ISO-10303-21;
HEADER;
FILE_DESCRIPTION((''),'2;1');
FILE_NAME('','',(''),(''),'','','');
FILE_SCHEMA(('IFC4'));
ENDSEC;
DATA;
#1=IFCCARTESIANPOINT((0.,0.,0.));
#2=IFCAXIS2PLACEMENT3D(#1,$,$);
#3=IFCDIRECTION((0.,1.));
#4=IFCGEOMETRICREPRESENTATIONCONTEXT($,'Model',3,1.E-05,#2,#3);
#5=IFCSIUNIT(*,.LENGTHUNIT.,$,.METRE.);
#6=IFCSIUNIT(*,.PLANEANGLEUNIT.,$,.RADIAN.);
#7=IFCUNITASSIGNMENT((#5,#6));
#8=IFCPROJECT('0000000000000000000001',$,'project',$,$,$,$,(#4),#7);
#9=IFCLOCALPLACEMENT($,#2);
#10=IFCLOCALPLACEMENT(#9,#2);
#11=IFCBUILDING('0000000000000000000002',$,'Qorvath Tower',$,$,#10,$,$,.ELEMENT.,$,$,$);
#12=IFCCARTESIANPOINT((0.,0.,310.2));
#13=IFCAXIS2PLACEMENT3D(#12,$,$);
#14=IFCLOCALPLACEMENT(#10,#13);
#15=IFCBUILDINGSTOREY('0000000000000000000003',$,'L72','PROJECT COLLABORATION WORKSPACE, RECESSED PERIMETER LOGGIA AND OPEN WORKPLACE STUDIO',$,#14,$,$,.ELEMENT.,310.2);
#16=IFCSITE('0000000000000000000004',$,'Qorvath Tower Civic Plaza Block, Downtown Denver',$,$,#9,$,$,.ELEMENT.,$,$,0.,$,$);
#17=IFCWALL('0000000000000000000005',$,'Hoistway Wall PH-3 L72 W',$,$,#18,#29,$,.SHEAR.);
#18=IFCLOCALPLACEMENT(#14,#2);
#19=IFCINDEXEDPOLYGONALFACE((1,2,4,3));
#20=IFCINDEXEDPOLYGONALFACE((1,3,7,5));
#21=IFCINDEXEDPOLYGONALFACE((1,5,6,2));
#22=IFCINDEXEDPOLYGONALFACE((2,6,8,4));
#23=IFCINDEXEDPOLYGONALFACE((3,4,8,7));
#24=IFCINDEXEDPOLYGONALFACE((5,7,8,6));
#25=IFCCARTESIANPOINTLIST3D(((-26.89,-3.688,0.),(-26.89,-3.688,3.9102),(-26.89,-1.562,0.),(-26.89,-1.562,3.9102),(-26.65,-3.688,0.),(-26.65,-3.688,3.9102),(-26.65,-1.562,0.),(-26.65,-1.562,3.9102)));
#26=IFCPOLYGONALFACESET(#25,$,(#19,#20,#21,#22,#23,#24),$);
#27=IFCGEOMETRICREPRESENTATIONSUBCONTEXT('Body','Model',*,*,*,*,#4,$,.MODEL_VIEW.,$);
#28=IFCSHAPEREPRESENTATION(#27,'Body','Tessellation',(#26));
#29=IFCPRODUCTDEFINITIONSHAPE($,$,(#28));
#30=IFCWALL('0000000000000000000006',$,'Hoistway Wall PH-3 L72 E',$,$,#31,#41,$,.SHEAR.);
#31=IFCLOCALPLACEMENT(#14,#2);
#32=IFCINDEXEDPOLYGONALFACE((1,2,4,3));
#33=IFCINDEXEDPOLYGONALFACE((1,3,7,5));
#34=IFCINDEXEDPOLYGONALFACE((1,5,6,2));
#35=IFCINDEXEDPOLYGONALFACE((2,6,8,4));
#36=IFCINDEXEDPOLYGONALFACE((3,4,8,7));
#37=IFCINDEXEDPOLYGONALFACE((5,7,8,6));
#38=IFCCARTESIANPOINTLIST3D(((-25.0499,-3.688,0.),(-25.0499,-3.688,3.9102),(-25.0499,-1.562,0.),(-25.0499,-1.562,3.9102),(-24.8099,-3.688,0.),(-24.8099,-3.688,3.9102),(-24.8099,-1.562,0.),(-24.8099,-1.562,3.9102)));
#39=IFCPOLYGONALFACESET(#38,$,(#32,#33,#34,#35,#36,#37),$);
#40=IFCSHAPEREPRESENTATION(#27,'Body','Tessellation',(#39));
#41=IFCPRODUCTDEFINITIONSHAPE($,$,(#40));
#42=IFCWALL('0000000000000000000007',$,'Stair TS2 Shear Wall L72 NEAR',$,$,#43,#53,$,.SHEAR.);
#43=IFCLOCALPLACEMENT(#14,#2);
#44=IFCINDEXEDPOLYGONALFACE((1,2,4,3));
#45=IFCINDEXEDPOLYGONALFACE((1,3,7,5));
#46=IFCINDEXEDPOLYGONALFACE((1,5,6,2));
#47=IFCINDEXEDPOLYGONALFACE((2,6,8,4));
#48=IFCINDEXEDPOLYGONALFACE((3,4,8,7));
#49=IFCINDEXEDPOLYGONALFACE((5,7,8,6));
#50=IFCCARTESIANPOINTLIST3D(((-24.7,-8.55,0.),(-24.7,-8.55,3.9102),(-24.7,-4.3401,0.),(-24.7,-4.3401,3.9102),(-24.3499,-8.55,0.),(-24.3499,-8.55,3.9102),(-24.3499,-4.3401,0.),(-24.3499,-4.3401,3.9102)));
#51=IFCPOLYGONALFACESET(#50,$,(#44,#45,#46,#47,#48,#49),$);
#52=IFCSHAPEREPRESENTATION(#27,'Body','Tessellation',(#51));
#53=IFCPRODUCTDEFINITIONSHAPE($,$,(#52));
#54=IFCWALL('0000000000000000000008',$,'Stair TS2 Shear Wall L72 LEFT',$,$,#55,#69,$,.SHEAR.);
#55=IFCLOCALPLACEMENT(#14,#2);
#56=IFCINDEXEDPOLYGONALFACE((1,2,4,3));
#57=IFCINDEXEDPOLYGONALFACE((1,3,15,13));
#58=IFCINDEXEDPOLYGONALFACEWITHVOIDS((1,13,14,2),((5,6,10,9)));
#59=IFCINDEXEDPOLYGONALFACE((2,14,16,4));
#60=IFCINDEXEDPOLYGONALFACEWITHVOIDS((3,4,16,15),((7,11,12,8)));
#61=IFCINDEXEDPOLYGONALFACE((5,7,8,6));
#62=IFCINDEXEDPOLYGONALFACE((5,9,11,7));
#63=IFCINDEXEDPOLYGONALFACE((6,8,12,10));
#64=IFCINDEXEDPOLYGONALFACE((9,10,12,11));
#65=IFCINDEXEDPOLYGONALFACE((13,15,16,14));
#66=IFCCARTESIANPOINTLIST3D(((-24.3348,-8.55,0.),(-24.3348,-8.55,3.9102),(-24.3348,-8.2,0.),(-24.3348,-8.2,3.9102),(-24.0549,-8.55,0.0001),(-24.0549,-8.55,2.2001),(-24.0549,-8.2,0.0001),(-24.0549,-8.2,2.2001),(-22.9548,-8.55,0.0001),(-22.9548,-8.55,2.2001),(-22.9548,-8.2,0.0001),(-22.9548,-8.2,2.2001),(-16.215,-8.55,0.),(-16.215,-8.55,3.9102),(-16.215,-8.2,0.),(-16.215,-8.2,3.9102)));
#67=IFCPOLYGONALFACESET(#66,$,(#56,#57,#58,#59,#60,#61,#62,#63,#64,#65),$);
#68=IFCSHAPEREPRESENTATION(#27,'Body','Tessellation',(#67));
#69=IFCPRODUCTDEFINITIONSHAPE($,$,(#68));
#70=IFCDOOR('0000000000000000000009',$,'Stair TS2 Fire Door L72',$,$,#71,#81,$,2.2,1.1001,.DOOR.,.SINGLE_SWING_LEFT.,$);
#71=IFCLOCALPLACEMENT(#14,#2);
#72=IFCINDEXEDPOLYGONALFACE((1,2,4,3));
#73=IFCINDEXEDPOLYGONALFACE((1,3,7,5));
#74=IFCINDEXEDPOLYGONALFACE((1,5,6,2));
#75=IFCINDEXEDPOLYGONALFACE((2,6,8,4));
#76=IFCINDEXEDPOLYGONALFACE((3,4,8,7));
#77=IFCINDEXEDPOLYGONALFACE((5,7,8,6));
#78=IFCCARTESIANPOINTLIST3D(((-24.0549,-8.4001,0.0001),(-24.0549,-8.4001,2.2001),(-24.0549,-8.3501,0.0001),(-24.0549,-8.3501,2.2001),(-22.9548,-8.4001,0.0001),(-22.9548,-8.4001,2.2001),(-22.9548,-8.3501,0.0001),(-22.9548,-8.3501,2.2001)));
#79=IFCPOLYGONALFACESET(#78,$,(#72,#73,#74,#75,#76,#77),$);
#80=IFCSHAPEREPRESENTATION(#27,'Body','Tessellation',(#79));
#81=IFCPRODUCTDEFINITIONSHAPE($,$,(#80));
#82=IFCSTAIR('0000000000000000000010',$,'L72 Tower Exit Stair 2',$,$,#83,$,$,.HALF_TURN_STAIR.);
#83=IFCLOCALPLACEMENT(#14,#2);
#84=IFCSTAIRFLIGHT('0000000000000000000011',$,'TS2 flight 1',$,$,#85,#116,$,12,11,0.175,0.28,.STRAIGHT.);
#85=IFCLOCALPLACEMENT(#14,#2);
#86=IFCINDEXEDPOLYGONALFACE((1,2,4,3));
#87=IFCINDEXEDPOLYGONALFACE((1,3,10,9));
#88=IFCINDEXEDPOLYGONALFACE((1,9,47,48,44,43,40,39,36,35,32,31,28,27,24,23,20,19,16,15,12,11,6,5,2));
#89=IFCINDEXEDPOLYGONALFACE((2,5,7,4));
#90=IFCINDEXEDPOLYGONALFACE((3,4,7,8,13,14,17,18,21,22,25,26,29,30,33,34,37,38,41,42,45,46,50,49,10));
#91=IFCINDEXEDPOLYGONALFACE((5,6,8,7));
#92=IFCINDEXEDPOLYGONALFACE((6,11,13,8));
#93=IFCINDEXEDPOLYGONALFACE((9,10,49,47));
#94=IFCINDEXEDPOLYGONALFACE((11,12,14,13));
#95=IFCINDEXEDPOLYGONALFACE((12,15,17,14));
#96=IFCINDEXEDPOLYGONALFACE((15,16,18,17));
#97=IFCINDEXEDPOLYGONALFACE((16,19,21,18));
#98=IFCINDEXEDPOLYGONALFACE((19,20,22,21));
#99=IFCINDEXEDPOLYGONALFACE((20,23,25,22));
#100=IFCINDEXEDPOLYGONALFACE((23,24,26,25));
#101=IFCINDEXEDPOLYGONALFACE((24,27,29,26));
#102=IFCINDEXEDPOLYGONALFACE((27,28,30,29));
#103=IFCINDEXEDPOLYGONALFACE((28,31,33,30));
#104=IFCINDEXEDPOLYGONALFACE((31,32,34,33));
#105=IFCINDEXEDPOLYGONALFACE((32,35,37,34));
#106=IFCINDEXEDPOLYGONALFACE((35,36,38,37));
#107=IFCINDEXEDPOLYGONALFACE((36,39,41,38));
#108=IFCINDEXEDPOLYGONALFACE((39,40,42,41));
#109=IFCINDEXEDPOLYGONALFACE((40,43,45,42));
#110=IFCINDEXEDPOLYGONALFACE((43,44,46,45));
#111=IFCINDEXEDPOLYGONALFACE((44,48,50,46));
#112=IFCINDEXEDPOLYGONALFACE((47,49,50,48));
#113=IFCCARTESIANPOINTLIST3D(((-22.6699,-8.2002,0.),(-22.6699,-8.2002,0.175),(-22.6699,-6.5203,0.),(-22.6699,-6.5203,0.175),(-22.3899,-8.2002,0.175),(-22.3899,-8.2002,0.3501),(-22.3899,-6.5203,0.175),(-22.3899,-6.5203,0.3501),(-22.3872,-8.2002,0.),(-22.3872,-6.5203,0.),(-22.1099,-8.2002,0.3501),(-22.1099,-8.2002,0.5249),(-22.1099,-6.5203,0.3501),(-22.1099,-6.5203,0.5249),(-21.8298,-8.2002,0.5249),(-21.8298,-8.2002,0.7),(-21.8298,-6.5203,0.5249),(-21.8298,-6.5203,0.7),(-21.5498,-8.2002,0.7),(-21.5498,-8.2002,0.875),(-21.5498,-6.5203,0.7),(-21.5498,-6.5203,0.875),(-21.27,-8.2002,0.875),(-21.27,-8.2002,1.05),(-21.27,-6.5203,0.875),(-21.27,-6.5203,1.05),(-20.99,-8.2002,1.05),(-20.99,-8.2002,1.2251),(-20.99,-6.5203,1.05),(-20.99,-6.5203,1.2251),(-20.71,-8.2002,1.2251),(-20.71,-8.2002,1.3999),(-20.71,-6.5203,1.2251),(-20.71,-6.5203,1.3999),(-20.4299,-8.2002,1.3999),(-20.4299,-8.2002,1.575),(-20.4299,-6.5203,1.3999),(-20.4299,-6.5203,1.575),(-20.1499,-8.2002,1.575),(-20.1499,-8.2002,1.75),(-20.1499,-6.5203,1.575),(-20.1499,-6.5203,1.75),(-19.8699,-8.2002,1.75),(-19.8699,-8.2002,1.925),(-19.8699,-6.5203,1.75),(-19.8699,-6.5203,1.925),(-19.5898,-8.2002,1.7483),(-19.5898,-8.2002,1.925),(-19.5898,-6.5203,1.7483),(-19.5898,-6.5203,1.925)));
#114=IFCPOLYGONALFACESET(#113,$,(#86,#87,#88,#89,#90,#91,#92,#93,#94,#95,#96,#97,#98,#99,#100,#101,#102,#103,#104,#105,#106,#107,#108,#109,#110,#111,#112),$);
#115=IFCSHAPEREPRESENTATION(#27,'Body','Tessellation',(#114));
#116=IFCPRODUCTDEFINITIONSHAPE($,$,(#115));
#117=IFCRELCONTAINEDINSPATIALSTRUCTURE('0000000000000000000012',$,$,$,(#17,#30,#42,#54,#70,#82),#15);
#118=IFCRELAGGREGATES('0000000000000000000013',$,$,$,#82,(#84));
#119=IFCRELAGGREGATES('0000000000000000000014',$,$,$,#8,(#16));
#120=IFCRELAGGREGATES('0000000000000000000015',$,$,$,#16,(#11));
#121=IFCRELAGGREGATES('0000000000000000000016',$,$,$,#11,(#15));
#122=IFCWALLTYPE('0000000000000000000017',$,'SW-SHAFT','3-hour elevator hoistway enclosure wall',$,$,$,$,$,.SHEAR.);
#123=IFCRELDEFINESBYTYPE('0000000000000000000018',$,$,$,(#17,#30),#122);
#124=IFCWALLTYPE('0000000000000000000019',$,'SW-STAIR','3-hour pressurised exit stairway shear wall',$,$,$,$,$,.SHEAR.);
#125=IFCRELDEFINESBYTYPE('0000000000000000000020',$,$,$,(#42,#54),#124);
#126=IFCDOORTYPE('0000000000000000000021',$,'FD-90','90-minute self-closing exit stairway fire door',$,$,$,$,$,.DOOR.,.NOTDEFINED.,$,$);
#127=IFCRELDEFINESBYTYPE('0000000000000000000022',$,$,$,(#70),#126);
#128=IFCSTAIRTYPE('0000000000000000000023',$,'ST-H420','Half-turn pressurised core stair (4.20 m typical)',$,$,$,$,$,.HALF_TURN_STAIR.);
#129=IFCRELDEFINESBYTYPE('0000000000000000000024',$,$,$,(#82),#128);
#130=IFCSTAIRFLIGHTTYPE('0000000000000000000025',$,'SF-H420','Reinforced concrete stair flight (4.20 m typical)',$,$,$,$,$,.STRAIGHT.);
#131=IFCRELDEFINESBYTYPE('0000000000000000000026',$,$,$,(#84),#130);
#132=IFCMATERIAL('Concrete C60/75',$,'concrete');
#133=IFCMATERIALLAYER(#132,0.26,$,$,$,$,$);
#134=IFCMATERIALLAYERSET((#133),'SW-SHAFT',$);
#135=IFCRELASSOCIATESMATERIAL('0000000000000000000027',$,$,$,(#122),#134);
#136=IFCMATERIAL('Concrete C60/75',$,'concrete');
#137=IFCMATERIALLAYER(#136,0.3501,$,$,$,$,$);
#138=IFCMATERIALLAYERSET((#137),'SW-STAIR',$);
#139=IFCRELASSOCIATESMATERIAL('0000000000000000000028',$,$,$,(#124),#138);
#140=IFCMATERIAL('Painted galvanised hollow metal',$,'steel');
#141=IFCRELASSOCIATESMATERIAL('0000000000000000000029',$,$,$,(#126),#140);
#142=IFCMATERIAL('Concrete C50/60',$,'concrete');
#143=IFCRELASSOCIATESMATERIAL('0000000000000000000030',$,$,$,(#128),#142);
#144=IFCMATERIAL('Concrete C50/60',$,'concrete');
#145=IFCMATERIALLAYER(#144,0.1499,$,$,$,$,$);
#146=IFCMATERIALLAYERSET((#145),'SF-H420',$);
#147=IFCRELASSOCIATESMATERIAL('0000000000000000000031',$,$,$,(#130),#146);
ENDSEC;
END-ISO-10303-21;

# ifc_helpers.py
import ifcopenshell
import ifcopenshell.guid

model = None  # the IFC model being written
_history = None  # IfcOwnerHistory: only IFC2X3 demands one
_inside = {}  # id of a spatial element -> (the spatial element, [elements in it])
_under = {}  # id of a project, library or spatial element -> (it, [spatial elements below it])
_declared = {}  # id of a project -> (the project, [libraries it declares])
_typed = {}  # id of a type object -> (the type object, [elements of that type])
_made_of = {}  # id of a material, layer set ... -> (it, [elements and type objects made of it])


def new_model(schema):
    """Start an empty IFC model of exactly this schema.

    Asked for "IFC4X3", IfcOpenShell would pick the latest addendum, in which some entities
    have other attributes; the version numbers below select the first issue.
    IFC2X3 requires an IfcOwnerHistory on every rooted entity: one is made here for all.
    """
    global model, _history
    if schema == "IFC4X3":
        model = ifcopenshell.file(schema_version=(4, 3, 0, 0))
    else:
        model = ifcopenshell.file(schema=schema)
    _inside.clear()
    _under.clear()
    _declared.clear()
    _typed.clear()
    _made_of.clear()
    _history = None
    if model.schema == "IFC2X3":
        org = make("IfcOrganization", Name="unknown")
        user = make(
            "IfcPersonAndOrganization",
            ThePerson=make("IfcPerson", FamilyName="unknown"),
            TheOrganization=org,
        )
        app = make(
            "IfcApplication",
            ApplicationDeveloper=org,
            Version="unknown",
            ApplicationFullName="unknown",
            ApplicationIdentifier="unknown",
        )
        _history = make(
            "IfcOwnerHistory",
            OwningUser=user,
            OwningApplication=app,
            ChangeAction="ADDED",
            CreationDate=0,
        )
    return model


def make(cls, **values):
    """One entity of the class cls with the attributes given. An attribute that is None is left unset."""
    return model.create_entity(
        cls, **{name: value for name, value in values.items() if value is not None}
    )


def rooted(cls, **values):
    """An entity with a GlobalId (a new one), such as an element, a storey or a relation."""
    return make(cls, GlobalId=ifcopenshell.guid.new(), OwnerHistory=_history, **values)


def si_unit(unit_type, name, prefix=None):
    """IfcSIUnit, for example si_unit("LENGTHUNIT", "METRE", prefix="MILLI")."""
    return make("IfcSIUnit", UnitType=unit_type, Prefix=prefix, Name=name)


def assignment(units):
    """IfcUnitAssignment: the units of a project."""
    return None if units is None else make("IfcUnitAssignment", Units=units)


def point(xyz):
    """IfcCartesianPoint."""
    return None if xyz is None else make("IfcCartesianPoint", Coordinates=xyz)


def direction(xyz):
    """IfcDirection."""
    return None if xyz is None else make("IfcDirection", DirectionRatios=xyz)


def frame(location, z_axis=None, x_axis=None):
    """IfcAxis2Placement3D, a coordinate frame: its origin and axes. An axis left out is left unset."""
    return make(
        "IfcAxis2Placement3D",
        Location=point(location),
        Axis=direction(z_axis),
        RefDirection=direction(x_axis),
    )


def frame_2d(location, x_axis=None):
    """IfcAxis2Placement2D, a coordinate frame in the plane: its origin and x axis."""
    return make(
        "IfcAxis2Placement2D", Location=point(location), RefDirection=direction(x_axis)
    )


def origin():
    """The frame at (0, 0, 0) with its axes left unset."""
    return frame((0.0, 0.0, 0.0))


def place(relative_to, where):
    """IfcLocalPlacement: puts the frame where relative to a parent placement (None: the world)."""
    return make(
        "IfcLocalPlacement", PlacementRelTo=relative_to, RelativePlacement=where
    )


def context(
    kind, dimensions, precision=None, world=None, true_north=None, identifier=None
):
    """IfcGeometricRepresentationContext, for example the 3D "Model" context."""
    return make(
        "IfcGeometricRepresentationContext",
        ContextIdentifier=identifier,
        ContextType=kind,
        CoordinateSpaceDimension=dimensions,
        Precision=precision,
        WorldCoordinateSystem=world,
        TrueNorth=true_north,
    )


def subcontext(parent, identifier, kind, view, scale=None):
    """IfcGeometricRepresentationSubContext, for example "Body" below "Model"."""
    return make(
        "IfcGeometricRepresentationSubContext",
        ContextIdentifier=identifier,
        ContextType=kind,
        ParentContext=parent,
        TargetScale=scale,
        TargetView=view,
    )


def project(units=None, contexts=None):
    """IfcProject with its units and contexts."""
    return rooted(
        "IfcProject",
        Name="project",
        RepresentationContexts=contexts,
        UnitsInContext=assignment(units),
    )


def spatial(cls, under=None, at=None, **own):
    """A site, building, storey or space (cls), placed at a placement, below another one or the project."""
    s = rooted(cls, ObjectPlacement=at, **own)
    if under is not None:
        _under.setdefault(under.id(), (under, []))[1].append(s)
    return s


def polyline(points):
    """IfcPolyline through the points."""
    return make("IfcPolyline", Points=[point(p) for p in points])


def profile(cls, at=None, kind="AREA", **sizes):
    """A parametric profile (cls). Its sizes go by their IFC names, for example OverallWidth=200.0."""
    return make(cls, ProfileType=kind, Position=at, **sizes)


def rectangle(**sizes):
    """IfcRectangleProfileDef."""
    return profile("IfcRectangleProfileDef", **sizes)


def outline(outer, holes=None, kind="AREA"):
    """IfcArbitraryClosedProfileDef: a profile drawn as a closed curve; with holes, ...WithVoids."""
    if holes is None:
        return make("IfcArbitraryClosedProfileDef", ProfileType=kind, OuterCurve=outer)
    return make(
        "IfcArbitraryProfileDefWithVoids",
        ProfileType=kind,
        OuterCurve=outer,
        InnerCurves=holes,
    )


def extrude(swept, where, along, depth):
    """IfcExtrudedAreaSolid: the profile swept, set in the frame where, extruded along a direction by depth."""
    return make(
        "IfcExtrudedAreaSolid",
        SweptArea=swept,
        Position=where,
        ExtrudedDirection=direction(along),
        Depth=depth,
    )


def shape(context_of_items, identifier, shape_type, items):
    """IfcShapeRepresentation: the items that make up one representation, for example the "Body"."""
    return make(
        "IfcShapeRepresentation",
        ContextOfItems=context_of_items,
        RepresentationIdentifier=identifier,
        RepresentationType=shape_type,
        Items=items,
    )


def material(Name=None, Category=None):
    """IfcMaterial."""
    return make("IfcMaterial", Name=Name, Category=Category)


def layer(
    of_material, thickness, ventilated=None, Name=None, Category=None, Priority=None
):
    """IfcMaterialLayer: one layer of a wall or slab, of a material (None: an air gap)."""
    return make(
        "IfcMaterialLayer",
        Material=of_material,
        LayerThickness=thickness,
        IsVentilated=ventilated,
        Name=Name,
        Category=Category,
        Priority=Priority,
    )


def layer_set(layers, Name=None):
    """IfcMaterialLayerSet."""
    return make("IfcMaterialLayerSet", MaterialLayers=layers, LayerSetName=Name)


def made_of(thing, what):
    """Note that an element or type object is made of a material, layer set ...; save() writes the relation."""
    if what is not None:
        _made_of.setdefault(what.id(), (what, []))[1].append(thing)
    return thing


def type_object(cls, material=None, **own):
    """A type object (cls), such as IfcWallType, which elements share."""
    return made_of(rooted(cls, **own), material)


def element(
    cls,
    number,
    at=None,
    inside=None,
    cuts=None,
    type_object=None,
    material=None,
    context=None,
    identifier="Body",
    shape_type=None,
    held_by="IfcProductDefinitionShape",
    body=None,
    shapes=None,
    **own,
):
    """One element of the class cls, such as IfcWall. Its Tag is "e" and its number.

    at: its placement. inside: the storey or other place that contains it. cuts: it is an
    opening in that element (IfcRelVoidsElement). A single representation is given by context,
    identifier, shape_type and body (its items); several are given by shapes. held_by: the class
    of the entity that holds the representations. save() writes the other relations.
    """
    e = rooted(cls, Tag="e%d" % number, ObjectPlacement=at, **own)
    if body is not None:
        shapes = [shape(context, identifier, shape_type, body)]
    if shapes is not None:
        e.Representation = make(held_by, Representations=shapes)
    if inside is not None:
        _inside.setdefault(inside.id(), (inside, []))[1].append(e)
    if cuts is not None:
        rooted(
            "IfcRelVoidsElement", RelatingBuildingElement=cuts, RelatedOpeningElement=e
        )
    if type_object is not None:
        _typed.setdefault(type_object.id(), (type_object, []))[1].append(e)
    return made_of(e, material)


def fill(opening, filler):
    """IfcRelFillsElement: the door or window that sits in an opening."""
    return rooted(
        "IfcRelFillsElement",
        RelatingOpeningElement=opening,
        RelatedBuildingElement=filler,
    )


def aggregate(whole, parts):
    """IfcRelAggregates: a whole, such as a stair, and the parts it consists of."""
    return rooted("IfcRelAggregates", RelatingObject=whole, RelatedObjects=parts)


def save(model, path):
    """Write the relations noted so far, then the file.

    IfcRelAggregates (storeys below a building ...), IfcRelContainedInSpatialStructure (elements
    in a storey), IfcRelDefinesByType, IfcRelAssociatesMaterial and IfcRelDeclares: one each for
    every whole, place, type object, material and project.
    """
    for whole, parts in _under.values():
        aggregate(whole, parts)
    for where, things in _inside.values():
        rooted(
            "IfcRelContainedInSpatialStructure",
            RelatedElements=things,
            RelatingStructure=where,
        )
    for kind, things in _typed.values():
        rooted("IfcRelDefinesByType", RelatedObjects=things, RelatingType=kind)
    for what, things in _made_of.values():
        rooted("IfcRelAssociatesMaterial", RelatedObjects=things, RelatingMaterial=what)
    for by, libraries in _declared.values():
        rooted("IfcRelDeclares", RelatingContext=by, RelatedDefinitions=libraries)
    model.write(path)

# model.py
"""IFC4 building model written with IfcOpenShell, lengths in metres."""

from ifc_helpers import new_model, si_unit, direction, frame, frame_2d, origin, place, context, subcontext, project, spatial, polyline, rectangle, outline, extrude, material, layer, layer_set, type_object, element, fill, aggregate, save


model = new_model("IFC4")

# Units and contexts
model_context = context("Model", 3, precision=1e-05, world=origin(), true_north=direction((0.0, 1.0)))
body_context = subcontext(model_context, "Body", "Model", "MODEL_VIEW")
ifc_project = project(units=[si_unit("LENGTHUNIT", "METRE"), si_unit("PLANEANGLEUNIT", "RADIAN")], contexts=[model_context])

# Site, building, storey
site_placement = place(None, origin())
site = spatial("IfcSite", under=ifc_project, at=site_placement, Name="Qorvath Tower Civic Plaza Block, Downtown Denver", CompositionType="ELEMENT", RefElevation=0.0)
building_placement = place(site_placement, origin())
building = spatial("IfcBuilding", under=site, at=building_placement, Name="Qorvath Tower", CompositionType="ELEMENT")
storey_placement = place(building_placement, frame((0.0, 0.0, 310.2)))
storey = spatial("IfcBuildingStorey", under=building, at=storey_placement, Name="L72", Description="PROJECT COLLABORATION WORKSPACE, RECESSED PERIMETER LOGGIA AND OPEN WORKPLACE STUDIO", CompositionType="ELEMENT", Elevation=310.2)

# Shared definitions
ifc_material_1 = material(Name="Concrete C60/75", Category="concrete")
ifc_layer_1 = layer(ifc_material_1, 0.26)
ifc_layer_set_1 = layer_set([ifc_layer_1], Name="SW-SHAFT")
wall_type_1 = type_object("IfcWallType", Name="SW-SHAFT", Description="3-hour elevator hoistway enclosure wall", PredefinedType="SHEAR", material=ifc_layer_set_1)

# Walls
for number, where, z_axis, x_axis, name in (
    (1, (-26.77, -3.688, 0.0), (0.0, 0.0, 1.0), (0.0, 1.0, 0.0), "Hoistway Wall PH-3 L72 W"),
    (2, (-24.9299, -1.562, 0.0), (0.0, 0.0, 1.0), (0.0, -1.0, 0.0), "Hoistway Wall PH-3 L72 E"),
):
    element("IfcWall", number, at=place(storey_placement, frame(where, z_axis=z_axis, x_axis=x_axis)), inside=storey, type_object=wall_type_1, Name=name, PredefinedType="SHEAR", context=body_context, shape_type="SweptSolid", body=[
        extrude(rectangle(XDim=2.126, YDim=0.24, at=frame_2d((1.063, 0.0))), origin(), (0.0, 0.0, 1.0), 3.9102),
    ])
ifc_material_2 = material(Name="Concrete C60/75", Category="concrete")
ifc_layer_2 = layer(ifc_material_2, 0.3501)
ifc_layer_set_2 = layer_set([ifc_layer_2], Name="SW-STAIR")
wall_type_2 = type_object("IfcWallType", Name="SW-STAIR", Description="3-hour pressurised exit stairway shear wall", PredefinedType="SHEAR", material=ifc_layer_set_2)
wall_1_placement = place(storey_placement, frame((-24.5249, -4.3401, 0.0), z_axis=(0.0, 0.0, 1.0), x_axis=(0.0, -1.0, 0.0)))
element("IfcWall", 3, at=wall_1_placement, inside=storey, type_object=wall_type_2, Name="Stair TS2 Shear Wall L72 NEAR", PredefinedType="SHEAR", context=body_context, shape_type="SweptSolid", body=[
    extrude(rectangle(XDim=4.21, YDim=0.3501, at=frame_2d((2.105, 0.0))), origin(), (0.0, 0.0, 1.0), 3.9102),
])

# Wall, opening, door
wall_2_placement = place(storey_placement, frame((-24.335, -8.375, 0.0), z_axis=(0.0, 0.0, 1.0), x_axis=(1.0, 0.0, 0.0)))
wall_2 = element("IfcWall", 4, at=wall_2_placement, inside=storey, type_object=wall_type_2, Name="Stair TS2 Shear Wall L72 LEFT", PredefinedType="SHEAR", context=body_context, shape_type="SweptSolid", body=[
    extrude(rectangle(XDim=8.1199, YDim=0.3501, at=frame_2d((4.0601, 0.0))), origin(), (0.0, 0.0, 1.0), 3.9102),
])
opening_1_placement = place(wall_2_placement, frame((0.28, 0.0, 0.0)))
opening_1 = element("IfcOpeningElement", 5, at=opening_1_placement, cuts=wall_2, PredefinedType="OPENING", context=body_context, shape_type="SweptSolid", body=[
    extrude(rectangle(XDim=1.1001, YDim=2.2, at=frame_2d((0.55, 1.1001))), frame((0.0, 0.1851, 0.0), z_axis=(0.0, -1.0, 0.0), x_axis=(1.0, 0.0, 0.0)), (0.0, 0.0, 1.0), 0.3701),
])
ifc_material_3 = material(Name="Painted galvanised hollow metal", Category="steel")
door_type_1 = type_object("IfcDoorType", Name="FD-90", Description="90-minute self-closing exit stairway fire door", OperationType="NOTDEFINED", PredefinedType="DOOR", material=ifc_material_3)
door_1_placement = place(opening_1_placement, origin())
door_1 = element("IfcDoor", 6, at=door_1_placement, inside=storey, type_object=door_type_1, Name="Stair TS2 Fire Door L72", OperationType="SINGLE_SWING_LEFT", OverallHeight=2.2, OverallWidth=1.1001, PredefinedType="DOOR", context=body_context, shape_type="SweptSolid", body=[
    extrude(rectangle(XDim=1.1001, YDim=2.2, at=frame_2d((0.55, 1.1001))), frame((0.0, 0.0249, 0.0), z_axis=(0.0, -1.0, 0.0), x_axis=(1.0, 0.0, 0.0)), (0.0, 0.0, 1.0), 0.05),
])
fill(opening_1, door_1)

# Stair, stair flight
ifc_material_4 = material(Name="Concrete C50/60", Category="concrete")
stair_type = type_object("IfcStairType", Name="ST-H420", Description="Half-turn pressurised core stair (4.20 m typical)", PredefinedType="HALF_TURN_STAIR", material=ifc_material_4)
stair_placement = place(storey_placement, origin())
stair = element("IfcStair", 7, at=stair_placement, inside=storey, type_object=stair_type, Name="L72 Tower Exit Stair 2", PredefinedType="HALF_TURN_STAIR")
ifc_material_5 = material(Name="Concrete C50/60", Category="concrete")
ifc_layer_3 = layer(ifc_material_5, 0.1499)
ifc_layer_set_3 = layer_set([ifc_layer_3], Name="SF-H420")
stair_flight_type = type_object("IfcStairFlightType", Name="SF-H420", Description="Reinforced concrete stair flight (4.20 m typical)", PredefinedType="STRAIGHT", material=ifc_layer_set_3)
stair_flight_placement = place(storey_placement, frame((-22.6699, -7.3601, 0.0), z_axis=(0.0, 0.0, 1.0), x_axis=(1.0, 0.0, 0.0)))
stair_flight = element("IfcStairFlight", 8, at=stair_flight_placement, type_object=stair_flight_type, Name="TS2 flight 1", NumberOfRisers=12, NumberOfTreads=11, PredefinedType="STRAIGHT", RiserHeight=0.175, TreadLength=0.28, context=body_context, shape_type="SweptSolid", body=[
    extrude(outline(polyline([(0.0, 0.0), (0.0, 0.175), (0.28, 0.175), (0.28, 0.3501), (0.5601, 0.3501), (0.5601, 0.5249), (0.8401, 0.5249), (0.8401, 0.7), (1.1201, 0.7), (1.1201, 0.875), (1.3999, 0.875), (1.3999, 1.05), (1.6799, 1.05), (1.6799, 1.2251), (1.96, 1.2251), (1.96, 1.3999), (2.24, 1.3999), (2.24, 1.575), (2.52, 1.575), (2.52, 1.75), (2.8, 1.75), (2.8, 1.925), (3.0801, 1.925), (3.0801, 2.1001), (3.0801, 1.7483), (0.2827, 0.0), (0.0, 0.0)])), frame((0.0, 0.8398, 0.0), z_axis=(0.0, -1.0, 0.0), x_axis=(1.0, 0.0, 0.0)), (0.0, 0.0, 1.0), 1.6799),
])
aggregate(stair, [stair_flight])

save(model, "model.ifc")
